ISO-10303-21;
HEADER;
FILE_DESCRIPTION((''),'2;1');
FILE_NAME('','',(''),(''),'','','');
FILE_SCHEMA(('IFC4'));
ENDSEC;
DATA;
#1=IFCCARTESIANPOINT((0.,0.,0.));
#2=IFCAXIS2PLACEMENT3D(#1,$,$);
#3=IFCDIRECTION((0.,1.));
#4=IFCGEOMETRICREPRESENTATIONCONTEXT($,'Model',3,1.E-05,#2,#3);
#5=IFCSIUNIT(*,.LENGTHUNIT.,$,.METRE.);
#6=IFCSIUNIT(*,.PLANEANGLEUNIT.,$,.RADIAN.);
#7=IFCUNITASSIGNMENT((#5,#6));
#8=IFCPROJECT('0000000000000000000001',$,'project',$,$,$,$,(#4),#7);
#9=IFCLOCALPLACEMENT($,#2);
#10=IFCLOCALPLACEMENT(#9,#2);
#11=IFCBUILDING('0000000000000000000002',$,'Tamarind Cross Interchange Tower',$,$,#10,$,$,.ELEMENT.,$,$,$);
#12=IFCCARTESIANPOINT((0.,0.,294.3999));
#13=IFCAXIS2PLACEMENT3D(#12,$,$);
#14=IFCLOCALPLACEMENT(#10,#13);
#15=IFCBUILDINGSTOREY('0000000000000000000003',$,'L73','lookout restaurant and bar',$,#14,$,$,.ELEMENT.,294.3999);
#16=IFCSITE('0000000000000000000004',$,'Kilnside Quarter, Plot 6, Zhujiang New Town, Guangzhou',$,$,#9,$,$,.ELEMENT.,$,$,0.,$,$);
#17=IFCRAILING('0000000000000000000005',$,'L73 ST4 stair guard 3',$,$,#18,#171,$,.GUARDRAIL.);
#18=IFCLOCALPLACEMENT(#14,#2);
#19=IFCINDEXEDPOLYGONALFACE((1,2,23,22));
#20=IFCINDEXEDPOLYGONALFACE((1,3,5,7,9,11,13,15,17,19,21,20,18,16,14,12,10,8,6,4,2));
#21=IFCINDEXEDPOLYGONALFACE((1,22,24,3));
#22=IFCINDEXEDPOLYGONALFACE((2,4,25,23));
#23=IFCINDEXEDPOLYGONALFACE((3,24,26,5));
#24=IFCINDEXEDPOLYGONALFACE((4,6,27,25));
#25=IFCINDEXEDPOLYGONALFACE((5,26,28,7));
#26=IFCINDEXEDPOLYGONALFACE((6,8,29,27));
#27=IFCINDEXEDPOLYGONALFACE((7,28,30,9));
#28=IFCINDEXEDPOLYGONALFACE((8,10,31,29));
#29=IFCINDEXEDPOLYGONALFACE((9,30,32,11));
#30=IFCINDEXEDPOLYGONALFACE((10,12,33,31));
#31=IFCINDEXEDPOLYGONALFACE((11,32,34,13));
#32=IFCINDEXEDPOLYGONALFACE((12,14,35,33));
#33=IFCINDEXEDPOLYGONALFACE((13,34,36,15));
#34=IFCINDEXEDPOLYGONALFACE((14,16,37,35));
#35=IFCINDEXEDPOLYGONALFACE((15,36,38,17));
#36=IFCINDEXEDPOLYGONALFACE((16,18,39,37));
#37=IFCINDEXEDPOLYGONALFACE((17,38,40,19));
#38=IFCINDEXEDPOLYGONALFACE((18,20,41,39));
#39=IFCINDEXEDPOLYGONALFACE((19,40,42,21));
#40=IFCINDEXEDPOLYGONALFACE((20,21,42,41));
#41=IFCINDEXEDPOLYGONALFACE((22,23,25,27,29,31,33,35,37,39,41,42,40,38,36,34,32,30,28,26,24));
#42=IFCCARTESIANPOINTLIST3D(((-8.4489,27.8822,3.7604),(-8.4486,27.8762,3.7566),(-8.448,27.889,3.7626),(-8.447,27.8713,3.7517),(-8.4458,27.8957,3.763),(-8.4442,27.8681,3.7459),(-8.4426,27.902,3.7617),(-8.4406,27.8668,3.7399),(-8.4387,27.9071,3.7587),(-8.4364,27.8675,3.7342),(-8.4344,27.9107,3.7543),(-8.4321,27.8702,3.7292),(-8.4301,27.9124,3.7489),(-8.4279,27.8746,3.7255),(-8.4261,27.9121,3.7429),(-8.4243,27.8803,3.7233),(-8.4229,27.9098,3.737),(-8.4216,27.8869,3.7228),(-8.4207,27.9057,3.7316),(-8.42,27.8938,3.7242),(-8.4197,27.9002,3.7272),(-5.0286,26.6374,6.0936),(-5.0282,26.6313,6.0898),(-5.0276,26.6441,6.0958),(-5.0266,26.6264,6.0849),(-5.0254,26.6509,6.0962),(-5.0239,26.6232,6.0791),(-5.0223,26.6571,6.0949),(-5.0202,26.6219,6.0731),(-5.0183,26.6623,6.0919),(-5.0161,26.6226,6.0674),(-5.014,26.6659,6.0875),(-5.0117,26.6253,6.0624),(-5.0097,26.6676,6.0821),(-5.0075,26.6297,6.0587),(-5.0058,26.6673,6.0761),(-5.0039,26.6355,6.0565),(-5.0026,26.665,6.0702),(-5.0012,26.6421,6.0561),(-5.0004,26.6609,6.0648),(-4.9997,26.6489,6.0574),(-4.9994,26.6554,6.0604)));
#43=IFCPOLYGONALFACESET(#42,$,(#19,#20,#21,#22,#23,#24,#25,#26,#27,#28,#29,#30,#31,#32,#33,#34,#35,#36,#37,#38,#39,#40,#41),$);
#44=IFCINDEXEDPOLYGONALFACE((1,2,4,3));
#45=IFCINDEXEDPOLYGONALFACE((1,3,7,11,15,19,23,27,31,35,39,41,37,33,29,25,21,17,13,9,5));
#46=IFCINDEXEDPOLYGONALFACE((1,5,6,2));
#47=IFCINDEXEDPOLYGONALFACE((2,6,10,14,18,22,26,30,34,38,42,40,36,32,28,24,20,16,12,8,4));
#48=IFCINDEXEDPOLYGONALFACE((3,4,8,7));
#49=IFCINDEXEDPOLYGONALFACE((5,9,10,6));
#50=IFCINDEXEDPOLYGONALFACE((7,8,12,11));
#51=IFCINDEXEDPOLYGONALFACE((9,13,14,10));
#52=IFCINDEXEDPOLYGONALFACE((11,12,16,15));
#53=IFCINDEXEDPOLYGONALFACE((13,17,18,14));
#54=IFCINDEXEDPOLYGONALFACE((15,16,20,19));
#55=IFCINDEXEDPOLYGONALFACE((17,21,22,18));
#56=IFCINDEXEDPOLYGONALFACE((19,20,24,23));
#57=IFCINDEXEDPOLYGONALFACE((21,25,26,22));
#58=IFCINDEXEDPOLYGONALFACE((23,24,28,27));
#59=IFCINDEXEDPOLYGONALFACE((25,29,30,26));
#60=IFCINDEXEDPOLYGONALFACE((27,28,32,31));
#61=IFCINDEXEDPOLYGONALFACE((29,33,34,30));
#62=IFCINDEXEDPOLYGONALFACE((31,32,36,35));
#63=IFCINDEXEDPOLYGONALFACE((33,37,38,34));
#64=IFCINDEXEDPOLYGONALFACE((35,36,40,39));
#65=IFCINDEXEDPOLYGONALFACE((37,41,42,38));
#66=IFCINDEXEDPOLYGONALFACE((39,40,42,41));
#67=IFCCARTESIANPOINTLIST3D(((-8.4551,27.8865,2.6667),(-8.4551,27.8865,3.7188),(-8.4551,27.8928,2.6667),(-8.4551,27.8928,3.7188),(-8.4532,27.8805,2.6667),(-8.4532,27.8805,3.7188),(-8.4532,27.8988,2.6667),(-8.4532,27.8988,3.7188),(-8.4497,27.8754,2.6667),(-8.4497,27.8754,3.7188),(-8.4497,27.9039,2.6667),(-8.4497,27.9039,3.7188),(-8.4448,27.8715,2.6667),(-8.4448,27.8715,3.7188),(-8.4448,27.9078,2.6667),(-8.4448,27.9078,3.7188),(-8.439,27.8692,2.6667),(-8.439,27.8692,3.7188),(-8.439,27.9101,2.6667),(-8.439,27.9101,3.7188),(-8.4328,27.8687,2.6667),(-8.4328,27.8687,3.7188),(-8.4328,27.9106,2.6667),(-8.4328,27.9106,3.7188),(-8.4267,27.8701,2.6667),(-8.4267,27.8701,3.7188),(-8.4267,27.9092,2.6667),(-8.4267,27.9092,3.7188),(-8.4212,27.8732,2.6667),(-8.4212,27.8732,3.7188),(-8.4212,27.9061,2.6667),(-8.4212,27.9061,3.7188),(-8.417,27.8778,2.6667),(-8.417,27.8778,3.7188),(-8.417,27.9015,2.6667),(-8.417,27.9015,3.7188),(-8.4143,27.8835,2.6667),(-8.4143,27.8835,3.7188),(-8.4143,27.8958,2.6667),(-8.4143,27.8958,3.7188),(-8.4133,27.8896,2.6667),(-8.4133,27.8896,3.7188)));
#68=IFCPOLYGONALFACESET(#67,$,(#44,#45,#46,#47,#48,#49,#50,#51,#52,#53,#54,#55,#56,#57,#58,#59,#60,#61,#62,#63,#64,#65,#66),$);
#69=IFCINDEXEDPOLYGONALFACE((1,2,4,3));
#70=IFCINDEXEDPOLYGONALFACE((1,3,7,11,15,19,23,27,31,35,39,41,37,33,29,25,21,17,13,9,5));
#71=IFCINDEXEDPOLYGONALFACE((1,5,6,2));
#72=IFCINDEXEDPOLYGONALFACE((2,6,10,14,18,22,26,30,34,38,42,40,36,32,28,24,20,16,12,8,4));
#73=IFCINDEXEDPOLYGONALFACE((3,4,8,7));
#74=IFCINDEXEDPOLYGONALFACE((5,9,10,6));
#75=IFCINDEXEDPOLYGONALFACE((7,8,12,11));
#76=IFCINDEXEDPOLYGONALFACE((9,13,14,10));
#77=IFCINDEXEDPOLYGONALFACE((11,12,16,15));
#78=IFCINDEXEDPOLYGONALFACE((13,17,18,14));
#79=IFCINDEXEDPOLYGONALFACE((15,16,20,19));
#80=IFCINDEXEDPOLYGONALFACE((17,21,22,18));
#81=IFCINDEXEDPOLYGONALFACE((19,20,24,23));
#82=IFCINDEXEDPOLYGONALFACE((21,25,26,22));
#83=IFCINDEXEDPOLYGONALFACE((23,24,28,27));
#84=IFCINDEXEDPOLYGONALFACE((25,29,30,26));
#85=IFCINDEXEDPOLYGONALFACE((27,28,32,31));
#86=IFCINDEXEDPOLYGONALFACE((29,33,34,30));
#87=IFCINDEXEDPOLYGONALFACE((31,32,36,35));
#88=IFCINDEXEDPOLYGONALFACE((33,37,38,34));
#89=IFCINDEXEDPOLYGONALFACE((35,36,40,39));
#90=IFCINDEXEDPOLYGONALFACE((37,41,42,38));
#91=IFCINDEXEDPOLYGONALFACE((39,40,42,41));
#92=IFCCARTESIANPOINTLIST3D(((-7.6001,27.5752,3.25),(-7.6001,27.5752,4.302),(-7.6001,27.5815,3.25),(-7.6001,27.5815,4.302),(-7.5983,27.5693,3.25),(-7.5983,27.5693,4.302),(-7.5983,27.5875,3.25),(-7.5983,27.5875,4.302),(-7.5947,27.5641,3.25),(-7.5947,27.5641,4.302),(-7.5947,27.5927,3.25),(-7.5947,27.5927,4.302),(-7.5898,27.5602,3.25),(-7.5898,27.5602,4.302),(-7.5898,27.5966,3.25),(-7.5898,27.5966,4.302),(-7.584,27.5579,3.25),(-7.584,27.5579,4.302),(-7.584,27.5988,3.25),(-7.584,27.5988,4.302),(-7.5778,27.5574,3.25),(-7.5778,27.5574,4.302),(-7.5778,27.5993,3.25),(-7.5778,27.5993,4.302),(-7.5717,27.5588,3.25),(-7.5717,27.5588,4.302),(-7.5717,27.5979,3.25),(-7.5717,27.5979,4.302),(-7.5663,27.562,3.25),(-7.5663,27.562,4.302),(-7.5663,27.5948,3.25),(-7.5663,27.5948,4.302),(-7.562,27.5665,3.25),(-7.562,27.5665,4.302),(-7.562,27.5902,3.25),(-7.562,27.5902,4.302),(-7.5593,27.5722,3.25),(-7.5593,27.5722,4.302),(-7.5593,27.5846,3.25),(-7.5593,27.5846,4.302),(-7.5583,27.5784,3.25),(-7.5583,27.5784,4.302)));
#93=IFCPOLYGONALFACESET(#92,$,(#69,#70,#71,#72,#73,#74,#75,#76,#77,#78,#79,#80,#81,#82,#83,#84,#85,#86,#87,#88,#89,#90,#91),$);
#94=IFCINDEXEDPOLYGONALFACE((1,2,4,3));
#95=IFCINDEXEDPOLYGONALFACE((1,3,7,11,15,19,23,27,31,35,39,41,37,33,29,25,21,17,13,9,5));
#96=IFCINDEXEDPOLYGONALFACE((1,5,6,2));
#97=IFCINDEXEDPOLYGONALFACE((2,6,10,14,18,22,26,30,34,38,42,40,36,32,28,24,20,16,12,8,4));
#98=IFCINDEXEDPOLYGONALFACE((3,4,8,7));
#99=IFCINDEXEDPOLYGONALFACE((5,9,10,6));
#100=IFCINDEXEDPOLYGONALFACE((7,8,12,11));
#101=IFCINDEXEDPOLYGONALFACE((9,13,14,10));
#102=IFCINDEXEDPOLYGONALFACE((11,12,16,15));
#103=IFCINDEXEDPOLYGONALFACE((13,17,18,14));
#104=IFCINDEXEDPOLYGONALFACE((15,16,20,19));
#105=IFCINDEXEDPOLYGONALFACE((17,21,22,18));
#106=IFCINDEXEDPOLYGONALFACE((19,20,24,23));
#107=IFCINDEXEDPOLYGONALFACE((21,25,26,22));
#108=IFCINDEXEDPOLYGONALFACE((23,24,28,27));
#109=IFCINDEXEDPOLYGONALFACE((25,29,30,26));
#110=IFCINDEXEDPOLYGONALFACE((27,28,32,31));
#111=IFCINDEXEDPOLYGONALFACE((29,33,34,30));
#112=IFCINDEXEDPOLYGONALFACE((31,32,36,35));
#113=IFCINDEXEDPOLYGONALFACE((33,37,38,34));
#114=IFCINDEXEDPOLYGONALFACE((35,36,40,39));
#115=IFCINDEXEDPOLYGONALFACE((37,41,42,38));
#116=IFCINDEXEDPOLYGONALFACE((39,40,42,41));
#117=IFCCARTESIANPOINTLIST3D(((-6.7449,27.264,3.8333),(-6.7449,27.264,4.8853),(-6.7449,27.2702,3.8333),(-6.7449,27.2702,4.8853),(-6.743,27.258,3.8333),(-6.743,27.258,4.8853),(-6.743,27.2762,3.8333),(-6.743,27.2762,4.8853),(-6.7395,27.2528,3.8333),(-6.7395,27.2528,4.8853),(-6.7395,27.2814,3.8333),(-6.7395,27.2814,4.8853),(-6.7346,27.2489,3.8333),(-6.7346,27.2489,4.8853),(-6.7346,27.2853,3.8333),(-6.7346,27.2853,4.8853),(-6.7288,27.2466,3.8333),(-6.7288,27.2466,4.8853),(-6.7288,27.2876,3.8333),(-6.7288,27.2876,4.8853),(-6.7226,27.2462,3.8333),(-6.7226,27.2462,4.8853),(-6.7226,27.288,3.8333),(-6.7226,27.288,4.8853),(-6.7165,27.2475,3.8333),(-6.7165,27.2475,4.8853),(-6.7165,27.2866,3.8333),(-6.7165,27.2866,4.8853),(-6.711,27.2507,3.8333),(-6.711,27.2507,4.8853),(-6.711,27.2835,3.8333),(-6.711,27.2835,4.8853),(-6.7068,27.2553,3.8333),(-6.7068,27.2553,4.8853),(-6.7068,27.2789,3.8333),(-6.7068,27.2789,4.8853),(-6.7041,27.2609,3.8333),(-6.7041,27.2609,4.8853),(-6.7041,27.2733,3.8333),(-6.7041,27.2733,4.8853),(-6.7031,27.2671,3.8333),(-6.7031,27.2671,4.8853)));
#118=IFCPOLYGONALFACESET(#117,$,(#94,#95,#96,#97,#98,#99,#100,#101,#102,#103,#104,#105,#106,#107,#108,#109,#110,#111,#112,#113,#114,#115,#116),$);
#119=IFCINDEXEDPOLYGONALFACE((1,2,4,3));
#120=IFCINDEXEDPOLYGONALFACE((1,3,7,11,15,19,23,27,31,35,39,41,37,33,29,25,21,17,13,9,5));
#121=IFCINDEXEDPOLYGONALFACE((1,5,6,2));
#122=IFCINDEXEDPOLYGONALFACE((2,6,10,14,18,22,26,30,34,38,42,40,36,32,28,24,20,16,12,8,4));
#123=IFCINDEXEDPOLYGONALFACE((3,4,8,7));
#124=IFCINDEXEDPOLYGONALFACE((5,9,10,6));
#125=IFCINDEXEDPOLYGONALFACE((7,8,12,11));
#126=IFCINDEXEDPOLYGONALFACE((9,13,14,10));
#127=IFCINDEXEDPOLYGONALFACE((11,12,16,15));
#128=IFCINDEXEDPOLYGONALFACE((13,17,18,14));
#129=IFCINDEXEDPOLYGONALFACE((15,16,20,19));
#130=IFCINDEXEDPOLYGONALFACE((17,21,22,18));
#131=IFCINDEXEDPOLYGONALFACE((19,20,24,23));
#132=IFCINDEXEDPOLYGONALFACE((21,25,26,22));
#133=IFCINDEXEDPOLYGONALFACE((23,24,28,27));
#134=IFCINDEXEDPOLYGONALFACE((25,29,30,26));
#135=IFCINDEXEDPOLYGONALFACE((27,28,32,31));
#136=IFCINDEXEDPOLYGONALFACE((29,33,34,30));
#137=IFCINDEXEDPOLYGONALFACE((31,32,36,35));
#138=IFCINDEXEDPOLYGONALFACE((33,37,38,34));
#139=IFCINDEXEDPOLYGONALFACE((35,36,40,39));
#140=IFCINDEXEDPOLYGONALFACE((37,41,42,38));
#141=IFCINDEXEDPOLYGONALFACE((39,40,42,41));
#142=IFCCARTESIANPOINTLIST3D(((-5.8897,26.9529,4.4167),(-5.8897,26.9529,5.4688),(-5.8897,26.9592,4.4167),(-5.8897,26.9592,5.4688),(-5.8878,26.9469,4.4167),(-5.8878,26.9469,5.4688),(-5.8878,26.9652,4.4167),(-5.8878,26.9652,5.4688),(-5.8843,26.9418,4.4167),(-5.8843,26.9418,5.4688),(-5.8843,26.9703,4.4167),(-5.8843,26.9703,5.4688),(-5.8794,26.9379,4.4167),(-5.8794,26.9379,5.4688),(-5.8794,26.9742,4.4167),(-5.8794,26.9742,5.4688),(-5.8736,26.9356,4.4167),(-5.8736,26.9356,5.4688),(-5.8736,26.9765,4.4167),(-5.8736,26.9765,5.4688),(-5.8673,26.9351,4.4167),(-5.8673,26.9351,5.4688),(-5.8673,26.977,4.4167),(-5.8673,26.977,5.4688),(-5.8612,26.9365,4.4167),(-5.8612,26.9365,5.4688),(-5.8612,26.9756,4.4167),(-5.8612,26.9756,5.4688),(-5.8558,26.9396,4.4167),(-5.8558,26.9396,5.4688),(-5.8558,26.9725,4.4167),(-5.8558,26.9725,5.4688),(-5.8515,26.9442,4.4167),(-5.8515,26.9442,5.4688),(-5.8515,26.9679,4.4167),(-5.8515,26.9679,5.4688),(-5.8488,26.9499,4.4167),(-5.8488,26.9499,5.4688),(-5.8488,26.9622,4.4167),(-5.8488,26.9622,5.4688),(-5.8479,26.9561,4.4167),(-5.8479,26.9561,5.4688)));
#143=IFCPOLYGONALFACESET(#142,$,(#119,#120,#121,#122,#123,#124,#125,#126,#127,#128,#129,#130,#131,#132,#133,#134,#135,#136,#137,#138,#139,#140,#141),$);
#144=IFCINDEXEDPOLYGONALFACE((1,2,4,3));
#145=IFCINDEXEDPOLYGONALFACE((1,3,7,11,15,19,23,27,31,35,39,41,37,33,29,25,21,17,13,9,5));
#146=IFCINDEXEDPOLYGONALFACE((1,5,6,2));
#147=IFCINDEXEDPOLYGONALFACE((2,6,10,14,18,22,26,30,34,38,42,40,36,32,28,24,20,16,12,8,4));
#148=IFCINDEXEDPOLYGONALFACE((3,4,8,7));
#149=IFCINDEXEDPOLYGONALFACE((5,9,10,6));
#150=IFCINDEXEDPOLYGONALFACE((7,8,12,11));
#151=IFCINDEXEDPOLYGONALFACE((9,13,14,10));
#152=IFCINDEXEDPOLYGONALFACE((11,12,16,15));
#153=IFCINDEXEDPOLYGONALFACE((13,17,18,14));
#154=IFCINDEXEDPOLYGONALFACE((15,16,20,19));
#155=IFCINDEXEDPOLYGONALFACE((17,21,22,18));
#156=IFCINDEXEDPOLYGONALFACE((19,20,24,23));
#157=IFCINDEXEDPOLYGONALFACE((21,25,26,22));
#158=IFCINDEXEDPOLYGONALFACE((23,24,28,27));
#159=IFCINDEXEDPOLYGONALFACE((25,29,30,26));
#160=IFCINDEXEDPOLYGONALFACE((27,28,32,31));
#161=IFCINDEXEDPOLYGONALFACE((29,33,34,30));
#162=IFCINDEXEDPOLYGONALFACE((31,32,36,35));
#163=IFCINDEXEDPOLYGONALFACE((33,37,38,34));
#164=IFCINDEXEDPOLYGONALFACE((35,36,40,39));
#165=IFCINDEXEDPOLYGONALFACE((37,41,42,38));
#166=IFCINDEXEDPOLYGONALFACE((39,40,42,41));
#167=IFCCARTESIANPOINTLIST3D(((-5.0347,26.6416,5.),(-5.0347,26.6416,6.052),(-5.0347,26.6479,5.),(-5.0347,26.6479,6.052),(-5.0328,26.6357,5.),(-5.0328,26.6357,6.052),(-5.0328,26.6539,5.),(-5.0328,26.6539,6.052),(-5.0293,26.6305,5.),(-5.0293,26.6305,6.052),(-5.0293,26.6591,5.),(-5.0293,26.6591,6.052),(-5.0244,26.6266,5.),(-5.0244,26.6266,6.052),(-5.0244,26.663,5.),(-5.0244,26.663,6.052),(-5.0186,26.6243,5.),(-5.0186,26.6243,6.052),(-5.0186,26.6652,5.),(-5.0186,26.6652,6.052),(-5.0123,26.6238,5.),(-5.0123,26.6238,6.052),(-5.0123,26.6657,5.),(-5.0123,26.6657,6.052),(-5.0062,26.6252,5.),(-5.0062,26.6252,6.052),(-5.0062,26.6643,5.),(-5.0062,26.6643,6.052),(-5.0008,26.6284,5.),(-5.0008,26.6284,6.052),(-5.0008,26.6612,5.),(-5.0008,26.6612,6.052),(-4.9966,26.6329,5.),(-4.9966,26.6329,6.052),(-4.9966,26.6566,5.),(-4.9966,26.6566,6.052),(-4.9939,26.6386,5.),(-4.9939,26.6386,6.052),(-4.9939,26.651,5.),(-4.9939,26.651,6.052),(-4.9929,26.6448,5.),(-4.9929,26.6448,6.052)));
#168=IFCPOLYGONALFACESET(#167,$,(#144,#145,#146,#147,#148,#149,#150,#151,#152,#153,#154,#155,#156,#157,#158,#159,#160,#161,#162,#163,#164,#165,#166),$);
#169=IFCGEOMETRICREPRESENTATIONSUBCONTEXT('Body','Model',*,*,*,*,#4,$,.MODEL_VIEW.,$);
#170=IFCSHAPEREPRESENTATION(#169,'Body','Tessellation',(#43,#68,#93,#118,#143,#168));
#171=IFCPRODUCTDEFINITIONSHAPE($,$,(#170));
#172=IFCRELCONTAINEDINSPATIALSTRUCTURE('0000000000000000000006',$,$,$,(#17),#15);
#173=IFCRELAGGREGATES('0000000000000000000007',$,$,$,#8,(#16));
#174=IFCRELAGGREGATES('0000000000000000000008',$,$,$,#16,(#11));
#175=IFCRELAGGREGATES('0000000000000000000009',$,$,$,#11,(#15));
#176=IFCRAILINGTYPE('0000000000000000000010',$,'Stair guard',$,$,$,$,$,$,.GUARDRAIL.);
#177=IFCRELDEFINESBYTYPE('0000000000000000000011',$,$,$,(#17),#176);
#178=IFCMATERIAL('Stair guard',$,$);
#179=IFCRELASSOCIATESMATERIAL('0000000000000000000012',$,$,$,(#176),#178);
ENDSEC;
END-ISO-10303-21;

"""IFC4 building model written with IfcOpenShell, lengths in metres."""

from ifc_helpers import new_model, si_unit, direction, frame, origin, origin_2d, place, context, subcontext, project, spatial, circle, extrude, material, type_object, element, save


model = new_model("IFC4")

# Units and contexts
model_context = context("Model", 3, precision=1e-05, world=origin(), true_north=direction((0.0, 1.0)))
body_context = subcontext(model_context, "Body", "Model", "MODEL_VIEW")
ifc_project = project(units=[si_unit("LENGTHUNIT", "METRE"), si_unit("PLANEANGLEUNIT", "RADIAN")], contexts=[model_context])

# Site, building, storey
site_placement = place(None, origin())
site = spatial("IfcSite", under=ifc_project, at=site_placement, Name="Kilnside Quarter, Plot 6, Zhujiang New Town, Guangzhou", CompositionType="ELEMENT", RefElevation=0.0)
building_placement = place(site_placement, origin())
building = spatial("IfcBuilding", under=site, at=building_placement, Name="Tamarind Cross Interchange Tower", CompositionType="ELEMENT")
storey_placement = place(building_placement, frame((0.0, 0.0, 294.3999)))
storey = spatial("IfcBuildingStorey", under=building, at=storey_placement, Name="L73", Description="lookout restaurant and bar", CompositionType="ELEMENT", Elevation=294.3999)

# Railing
ifc_material_1 = material(Name="Stair guard")
railing_type_1 = type_object("IfcRailingType", Name="Stair guard", PredefinedType="GUARDRAIL", material=ifc_material_1)
railing_1_placement = place(storey_placement, frame((-8.4343, 27.8896, 2.6667)))
element("IfcRailing", 1, at=railing_1_placement, inside=storey, type_object=railing_type_1, Name="L73 ST4 stair guard 3", PredefinedType="GUARDRAIL", context=body_context, shape_type="SweptSolid", body=[
    extrude(circle(Radius=0.0239, at=origin_2d()), frame((0.0, 0.0, 1.0762), z_axis=(0.791114, -0.287929, 0.539663), x_axis=(0.342007, 0.939697, 0.0)), (0.0, 0.0, 1.0), 4.3235),
    extrude(circle(Radius=0.021, at=origin_2d()), origin(), (0.0, 0.0, 1.0), 1.052),
    extrude(circle(Radius=0.021, at=origin_2d()), frame((0.855, -0.3113, 0.5833)), (0.0, 0.0, 1.0), 1.052),
    extrude(circle(Radius=0.021, at=origin_2d()), frame((1.7102, -0.6226, 1.1665)), (0.0, 0.0, 1.0), 1.052),
    extrude(circle(Radius=0.021, at=origin_2d()), frame((2.5654, -0.9336, 1.75)), (0.0, 0.0, 1.0), 1.052),
    extrude(circle(Radius=0.021, at=origin_2d()), frame((3.4204, -1.2449, 2.3333)), (0.0, 0.0, 1.0), 1.052),
])

save(model, "model.ifc")
